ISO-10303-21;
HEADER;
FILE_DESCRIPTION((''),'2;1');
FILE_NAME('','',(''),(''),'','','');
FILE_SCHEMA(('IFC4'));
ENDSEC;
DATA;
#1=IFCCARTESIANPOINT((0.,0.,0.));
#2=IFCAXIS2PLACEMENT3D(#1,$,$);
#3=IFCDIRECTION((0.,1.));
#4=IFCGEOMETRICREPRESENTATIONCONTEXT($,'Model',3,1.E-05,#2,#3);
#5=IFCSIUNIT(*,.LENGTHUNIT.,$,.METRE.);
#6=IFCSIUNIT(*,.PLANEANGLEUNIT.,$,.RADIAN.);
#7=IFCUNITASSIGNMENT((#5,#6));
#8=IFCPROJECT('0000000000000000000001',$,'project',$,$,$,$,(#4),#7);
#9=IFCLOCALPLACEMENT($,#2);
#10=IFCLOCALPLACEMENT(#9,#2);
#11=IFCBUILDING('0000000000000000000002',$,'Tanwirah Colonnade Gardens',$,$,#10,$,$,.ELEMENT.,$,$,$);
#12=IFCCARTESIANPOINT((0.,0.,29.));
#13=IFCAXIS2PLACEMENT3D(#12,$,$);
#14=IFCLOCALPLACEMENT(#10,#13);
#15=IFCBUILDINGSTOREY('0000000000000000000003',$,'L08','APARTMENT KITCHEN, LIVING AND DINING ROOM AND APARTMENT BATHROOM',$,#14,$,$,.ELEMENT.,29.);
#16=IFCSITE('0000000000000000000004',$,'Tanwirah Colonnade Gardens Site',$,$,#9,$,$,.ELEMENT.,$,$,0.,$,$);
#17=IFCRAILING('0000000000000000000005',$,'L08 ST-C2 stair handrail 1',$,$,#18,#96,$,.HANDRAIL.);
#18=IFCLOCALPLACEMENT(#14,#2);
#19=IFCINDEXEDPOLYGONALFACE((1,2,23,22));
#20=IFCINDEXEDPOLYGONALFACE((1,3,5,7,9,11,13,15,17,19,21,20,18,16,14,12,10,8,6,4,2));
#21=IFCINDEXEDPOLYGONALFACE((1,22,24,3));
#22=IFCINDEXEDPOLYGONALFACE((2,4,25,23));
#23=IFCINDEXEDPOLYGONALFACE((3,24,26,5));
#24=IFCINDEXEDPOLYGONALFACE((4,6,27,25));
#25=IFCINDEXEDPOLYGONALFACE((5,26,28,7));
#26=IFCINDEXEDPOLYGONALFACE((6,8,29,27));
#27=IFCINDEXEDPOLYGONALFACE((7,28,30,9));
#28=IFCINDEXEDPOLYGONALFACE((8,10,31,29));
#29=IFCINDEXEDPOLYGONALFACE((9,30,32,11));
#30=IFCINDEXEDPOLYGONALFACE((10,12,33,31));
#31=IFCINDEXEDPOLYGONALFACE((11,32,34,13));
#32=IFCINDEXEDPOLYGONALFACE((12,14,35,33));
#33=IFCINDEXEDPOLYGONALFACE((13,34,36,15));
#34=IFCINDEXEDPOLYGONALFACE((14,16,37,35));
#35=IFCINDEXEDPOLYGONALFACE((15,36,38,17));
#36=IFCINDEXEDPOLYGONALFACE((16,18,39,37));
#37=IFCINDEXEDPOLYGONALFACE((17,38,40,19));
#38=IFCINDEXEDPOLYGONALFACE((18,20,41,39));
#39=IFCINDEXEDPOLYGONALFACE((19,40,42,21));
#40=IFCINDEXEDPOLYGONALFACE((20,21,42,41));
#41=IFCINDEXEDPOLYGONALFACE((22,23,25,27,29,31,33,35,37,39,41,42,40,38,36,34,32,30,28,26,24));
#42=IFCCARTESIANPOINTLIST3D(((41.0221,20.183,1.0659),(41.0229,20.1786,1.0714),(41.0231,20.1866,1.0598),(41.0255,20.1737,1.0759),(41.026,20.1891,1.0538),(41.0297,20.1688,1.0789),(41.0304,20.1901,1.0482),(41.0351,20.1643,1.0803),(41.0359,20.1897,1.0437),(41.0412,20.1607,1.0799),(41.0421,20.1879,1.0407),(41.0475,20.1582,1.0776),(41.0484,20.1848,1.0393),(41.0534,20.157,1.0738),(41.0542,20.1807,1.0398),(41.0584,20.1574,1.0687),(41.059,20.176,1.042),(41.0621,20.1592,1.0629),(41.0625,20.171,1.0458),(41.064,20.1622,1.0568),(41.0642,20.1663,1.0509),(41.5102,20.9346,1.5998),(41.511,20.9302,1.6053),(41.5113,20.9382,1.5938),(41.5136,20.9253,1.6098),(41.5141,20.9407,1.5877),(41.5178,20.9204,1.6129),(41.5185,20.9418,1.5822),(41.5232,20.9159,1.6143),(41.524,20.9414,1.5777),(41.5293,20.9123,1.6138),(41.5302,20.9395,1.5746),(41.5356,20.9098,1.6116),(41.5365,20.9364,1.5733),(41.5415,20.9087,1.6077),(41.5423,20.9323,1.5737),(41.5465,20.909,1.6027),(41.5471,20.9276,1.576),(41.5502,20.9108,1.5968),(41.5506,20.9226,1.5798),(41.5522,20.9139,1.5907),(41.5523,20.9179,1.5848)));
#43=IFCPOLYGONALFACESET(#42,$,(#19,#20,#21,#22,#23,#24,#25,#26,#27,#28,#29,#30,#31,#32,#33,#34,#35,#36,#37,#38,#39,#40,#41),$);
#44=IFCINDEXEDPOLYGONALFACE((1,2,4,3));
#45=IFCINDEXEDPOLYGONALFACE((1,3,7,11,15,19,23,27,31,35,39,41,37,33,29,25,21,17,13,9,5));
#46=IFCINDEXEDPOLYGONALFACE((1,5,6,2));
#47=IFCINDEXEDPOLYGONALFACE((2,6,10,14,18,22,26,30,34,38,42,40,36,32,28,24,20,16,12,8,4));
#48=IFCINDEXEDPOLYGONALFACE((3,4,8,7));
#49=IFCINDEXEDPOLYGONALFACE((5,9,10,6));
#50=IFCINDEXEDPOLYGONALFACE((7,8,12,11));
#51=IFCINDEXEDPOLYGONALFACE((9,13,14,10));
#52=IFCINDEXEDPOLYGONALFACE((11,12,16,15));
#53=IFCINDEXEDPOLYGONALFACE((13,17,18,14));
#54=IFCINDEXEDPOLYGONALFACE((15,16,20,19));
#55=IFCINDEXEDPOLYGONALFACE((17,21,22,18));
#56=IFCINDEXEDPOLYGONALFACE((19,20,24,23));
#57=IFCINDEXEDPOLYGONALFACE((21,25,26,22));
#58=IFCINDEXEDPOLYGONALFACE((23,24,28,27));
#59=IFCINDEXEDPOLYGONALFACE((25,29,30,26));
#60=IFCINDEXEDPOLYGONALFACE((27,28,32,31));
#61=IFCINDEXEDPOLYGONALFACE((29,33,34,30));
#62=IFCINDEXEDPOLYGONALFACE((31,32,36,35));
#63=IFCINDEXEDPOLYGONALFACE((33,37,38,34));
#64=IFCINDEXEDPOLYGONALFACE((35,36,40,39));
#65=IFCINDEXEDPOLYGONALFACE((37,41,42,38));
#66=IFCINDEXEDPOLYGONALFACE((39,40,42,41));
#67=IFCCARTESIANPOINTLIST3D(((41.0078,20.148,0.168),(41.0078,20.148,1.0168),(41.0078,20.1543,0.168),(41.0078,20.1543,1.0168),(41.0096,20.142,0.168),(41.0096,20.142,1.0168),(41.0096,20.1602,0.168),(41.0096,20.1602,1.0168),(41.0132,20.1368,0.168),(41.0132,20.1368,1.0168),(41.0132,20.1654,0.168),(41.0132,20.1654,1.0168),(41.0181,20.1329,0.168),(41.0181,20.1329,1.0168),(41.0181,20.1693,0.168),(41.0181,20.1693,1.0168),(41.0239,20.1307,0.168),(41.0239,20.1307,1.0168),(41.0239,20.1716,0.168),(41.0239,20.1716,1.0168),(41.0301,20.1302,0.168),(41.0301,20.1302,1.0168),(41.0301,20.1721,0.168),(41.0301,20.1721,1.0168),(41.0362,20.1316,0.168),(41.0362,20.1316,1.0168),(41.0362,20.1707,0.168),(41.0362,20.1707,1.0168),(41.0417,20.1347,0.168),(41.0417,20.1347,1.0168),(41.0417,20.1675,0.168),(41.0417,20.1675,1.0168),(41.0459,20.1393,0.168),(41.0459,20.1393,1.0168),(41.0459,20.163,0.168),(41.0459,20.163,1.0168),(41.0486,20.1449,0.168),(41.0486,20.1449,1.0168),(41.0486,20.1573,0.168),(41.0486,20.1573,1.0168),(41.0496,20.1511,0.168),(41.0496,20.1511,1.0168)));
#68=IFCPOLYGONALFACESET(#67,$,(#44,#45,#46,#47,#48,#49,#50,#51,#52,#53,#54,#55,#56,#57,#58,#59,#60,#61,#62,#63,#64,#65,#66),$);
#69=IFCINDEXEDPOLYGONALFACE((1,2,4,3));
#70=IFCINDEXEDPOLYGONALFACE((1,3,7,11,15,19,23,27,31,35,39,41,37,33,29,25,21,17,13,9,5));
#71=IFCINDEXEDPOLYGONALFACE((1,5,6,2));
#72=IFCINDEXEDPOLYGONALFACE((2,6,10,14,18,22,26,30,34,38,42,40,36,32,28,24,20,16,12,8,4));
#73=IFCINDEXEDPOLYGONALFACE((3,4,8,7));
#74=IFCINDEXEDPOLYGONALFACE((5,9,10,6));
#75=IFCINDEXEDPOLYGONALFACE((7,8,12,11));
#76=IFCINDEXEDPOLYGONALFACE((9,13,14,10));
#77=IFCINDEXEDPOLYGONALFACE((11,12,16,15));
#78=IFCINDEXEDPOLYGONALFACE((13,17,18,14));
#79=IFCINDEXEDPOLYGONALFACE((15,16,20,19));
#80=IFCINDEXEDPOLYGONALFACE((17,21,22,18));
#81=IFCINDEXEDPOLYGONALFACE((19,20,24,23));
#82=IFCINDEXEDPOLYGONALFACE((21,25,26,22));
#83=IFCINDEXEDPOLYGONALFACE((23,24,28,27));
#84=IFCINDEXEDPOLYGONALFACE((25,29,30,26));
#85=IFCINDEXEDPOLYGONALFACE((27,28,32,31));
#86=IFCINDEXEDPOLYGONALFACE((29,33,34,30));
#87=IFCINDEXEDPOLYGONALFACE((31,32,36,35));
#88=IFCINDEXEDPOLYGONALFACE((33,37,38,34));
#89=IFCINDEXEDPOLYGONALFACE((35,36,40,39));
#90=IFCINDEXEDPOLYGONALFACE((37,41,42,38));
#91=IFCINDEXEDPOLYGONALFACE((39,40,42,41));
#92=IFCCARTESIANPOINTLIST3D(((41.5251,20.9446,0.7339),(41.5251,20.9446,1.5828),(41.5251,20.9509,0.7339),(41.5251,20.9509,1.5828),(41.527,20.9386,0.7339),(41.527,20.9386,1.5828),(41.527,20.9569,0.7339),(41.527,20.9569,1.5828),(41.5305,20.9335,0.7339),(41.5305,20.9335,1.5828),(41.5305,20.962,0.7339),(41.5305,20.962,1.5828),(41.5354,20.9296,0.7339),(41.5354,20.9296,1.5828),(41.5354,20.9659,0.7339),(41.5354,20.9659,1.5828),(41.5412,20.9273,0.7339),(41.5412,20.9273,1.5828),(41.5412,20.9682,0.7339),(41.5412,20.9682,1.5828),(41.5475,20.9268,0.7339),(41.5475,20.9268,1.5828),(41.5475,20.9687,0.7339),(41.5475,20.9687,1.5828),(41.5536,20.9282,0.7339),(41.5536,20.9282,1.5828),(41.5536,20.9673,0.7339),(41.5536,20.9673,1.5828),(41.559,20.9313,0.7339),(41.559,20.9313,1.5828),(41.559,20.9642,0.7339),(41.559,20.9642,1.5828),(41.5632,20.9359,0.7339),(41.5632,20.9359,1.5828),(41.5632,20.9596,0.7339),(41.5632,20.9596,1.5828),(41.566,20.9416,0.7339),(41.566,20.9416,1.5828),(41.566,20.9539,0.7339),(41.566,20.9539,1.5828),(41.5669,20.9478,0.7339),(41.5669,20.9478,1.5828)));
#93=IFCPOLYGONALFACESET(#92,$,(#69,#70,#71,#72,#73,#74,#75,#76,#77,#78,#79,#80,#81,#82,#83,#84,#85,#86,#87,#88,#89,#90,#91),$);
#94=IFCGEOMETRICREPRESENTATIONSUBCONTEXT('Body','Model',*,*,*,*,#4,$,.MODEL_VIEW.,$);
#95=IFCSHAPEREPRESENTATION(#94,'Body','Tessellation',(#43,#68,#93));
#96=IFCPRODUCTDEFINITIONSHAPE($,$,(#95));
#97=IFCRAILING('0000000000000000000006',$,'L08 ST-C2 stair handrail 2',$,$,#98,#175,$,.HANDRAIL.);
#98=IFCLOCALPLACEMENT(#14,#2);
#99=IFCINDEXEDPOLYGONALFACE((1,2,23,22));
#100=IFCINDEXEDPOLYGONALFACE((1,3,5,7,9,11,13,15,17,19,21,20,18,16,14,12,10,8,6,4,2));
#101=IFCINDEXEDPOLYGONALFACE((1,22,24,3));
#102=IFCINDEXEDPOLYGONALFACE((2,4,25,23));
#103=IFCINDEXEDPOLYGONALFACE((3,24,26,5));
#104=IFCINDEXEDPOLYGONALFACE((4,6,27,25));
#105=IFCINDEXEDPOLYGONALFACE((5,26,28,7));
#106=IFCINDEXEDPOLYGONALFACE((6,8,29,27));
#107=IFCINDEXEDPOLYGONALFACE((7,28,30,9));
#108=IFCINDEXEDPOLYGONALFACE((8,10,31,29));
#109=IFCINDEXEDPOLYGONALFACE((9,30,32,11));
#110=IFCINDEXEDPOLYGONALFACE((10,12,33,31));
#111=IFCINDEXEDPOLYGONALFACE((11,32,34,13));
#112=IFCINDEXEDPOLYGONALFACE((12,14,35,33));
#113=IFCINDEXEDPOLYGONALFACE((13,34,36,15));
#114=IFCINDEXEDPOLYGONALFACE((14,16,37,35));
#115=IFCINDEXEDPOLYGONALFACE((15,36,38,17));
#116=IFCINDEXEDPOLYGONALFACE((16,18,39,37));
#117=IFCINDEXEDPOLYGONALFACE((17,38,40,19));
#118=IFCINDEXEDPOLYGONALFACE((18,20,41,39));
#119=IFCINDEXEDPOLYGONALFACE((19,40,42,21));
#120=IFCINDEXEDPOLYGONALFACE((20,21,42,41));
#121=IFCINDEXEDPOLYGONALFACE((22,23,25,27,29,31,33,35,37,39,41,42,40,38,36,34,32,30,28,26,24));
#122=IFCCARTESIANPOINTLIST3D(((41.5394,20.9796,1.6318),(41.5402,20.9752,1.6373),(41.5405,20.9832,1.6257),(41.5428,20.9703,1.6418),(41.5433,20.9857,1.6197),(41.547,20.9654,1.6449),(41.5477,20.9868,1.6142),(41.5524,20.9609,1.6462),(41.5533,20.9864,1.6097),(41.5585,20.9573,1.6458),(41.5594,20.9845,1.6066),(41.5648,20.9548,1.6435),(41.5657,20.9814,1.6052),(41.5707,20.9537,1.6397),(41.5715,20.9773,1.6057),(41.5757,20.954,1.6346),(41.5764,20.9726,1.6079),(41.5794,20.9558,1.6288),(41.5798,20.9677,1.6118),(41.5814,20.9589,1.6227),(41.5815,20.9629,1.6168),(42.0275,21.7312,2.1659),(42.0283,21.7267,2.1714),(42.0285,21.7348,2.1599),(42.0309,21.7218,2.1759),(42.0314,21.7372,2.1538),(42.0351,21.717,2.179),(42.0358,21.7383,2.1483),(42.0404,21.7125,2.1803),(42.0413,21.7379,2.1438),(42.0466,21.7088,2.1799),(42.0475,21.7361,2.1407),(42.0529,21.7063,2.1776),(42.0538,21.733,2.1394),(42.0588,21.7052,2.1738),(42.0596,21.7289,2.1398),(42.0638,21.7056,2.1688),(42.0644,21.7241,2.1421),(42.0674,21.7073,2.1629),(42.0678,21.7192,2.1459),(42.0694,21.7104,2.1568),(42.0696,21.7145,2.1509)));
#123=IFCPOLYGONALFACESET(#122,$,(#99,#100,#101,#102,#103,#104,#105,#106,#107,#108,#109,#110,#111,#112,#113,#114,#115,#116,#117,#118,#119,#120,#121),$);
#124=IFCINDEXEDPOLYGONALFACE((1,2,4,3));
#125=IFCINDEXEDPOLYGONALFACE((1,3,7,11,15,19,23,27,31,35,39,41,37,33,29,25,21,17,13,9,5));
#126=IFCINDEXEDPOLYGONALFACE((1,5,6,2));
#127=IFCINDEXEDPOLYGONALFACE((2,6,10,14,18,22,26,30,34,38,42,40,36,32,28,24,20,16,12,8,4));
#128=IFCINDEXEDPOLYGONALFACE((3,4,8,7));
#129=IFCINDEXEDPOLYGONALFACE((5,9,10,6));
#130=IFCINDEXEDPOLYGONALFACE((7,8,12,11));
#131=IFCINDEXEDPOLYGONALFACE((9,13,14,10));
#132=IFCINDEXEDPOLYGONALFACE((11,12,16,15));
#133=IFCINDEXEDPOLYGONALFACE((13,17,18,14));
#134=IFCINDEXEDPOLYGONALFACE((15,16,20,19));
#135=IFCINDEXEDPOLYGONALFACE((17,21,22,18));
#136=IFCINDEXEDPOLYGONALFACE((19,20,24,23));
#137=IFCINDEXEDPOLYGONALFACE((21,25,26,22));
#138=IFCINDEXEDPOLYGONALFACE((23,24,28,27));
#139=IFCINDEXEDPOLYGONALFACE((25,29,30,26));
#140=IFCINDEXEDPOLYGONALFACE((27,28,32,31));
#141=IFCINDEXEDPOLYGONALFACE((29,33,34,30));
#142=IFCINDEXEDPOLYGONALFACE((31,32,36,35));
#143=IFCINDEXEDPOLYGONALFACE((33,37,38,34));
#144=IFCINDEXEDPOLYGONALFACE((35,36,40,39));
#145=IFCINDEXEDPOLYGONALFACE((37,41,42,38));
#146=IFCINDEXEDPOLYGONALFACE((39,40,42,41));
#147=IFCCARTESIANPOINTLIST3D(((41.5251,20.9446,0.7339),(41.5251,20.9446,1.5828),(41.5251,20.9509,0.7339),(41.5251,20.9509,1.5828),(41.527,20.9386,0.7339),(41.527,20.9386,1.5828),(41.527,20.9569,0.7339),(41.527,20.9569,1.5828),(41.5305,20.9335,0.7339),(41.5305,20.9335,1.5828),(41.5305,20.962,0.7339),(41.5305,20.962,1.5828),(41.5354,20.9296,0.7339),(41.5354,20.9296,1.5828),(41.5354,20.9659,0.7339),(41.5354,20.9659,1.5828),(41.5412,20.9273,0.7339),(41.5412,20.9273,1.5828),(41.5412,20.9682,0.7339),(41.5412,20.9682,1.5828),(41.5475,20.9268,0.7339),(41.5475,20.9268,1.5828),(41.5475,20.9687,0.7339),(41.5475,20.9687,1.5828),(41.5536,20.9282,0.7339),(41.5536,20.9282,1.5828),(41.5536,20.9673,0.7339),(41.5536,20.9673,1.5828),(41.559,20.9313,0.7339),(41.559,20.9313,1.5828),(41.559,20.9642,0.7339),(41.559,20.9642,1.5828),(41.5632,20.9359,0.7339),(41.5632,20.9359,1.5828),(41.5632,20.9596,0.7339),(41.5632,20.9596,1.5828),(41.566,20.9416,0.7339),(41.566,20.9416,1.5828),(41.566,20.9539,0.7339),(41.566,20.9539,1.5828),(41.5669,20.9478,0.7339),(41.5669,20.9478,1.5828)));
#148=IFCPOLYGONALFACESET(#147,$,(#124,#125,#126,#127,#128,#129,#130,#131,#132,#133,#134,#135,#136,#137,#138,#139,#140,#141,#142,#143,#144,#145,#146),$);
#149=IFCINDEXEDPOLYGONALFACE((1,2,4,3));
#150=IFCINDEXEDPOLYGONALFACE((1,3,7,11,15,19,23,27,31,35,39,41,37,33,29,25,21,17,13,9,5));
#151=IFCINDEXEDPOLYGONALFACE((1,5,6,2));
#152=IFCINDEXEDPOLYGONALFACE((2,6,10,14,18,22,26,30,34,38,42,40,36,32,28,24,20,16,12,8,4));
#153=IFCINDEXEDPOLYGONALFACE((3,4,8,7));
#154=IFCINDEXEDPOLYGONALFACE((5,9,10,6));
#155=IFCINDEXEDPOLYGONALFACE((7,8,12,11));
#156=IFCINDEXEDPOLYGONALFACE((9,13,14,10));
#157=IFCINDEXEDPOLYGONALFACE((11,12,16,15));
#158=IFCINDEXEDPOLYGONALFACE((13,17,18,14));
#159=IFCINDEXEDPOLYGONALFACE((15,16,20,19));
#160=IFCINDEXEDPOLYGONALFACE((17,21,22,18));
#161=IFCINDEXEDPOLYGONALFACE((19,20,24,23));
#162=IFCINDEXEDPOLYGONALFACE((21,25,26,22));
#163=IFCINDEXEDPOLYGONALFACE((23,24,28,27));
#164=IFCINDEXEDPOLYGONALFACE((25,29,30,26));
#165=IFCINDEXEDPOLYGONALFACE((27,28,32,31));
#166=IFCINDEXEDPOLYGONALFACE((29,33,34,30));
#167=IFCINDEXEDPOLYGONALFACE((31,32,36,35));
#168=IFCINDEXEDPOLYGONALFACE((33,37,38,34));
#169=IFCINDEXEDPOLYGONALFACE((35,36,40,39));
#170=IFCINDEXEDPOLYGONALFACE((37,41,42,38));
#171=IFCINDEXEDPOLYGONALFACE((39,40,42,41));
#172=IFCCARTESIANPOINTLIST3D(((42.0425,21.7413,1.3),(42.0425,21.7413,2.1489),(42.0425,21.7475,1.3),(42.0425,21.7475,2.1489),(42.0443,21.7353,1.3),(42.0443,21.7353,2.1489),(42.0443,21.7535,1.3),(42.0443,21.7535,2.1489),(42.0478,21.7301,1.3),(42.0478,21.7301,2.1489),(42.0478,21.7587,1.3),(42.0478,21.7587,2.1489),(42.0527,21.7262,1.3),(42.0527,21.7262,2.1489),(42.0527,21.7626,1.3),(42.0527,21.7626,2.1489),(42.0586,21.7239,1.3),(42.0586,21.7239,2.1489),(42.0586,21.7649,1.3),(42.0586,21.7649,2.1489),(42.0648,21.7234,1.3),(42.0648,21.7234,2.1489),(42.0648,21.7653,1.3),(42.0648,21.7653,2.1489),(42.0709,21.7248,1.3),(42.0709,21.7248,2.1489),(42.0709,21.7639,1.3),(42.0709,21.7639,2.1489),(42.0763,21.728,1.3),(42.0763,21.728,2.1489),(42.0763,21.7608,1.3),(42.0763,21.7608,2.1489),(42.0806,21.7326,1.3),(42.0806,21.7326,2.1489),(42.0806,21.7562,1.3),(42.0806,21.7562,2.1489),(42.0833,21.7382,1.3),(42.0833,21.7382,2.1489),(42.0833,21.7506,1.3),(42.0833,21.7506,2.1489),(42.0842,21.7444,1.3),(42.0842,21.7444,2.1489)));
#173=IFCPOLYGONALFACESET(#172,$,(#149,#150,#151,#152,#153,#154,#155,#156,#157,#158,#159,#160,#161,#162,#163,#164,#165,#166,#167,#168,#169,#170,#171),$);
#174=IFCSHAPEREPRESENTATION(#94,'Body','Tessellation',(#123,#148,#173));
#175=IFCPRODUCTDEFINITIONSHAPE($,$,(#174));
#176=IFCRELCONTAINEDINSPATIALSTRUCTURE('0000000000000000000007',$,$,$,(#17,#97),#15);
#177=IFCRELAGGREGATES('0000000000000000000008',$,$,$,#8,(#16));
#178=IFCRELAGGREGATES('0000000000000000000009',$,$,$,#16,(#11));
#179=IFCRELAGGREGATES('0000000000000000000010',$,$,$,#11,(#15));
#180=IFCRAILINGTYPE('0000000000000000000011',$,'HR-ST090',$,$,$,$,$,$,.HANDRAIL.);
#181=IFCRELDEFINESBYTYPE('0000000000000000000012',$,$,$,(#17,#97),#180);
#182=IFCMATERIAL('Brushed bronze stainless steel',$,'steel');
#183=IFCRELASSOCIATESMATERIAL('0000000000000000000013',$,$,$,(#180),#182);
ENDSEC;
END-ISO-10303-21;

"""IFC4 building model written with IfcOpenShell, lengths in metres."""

from ifc_helpers import new_model, si_unit, direction, frame, origin, origin_2d, place, context, subcontext, project, spatial, circle, extrude, material, type_object, element, save


model = new_model("IFC4")

# Units and contexts
model_context = context("Model", 3, precision=1e-05, world=origin(), true_north=direction((0.0, 1.0)))
body_context = subcontext(model_context, "Body", "Model", "MODEL_VIEW")
ifc_project = project(units=[si_unit("LENGTHUNIT", "METRE"), si_unit("PLANEANGLEUNIT", "RADIAN")], contexts=[model_context])

# Site, building, storey
site_placement = place(None, origin())
site = spatial("IfcSite", under=ifc_project, at=site_placement, Name="Tanwirah Colonnade Gardens Site", CompositionType="ELEMENT", RefElevation=0.0)
building_placement = place(site_placement, origin())
building = spatial("IfcBuilding", under=site, at=building_placement, Name="Tanwirah Colonnade Gardens", CompositionType="ELEMENT")
storey_placement = place(building_placement, frame((0.0, 0.0, 29.0)))
storey = spatial("IfcBuildingStorey", under=building, at=storey_placement, Name="L08", Description="APARTMENT KITCHEN, LIVING AND DINING ROOM AND APARTMENT BATHROOM", CompositionType="ELEMENT", Elevation=29.0)

# Railings
ifc_material_1 = material(Name="Brushed bronze stainless steel", Category="steel")
railing_type_1 = type_object("IfcRailingType", Name="HR-ST090", PredefinedType="HANDRAIL", material=ifc_material_1)
railing_1_placement = place(storey_placement, frame((41.0286, 20.1511, 0.168)))
element("IfcRailing", 1, at=railing_1_placement, inside=storey, type_object=railing_type_1, Name="L08 ST-C2 stair handrail 1", PredefinedType="HANDRAIL", context=body_context, shape_type="SweptSolid", body=[
    extrude(circle(Radius=0.0239, at=origin_2d()), frame((0.0146, 0.0225, 0.8918), z_axis=(0.46789, 0.720492, 0.51183), x_axis=(-0.838673, 0.544636, 0.0)), (0.0, 0.0, 1.0), 1.0432),
    extrude(circle(Radius=0.021, at=origin_2d()), origin(), (0.0, 0.0, 1.0), 0.8489),
    extrude(circle(Radius=0.021, at=origin_2d()), frame((0.5173, 0.7966, 0.5659)), (0.0, 0.0, 1.0), 0.8489),
])
railing_2_placement = place(storey_placement, frame((41.5459, 20.9478, 0.7339)))
element("IfcRailing", 2, at=railing_2_placement, inside=storey, type_object=railing_type_1, Name="L08 ST-C2 stair handrail 2", PredefinedType="HANDRAIL", context=body_context, shape_type="SweptSolid", body=[
    extrude(circle(Radius=0.0239, at=origin_2d()), frame((0.0146, 0.0225, 0.8918), z_axis=(0.467837, 0.720411, 0.511993), x_axis=(-0.838673, 0.544636, 0.0)), (0.0, 0.0, 1.0), 1.0432),
    extrude(circle(Radius=0.021, at=origin_2d()), origin(), (0.0, 0.0, 1.0), 0.8489),
    extrude(circle(Radius=0.021, at=origin_2d()), frame((0.5173, 0.7966, 0.5662)), (0.0, 0.0, 1.0), 0.8489),
])

save(model, "model.ifc")
